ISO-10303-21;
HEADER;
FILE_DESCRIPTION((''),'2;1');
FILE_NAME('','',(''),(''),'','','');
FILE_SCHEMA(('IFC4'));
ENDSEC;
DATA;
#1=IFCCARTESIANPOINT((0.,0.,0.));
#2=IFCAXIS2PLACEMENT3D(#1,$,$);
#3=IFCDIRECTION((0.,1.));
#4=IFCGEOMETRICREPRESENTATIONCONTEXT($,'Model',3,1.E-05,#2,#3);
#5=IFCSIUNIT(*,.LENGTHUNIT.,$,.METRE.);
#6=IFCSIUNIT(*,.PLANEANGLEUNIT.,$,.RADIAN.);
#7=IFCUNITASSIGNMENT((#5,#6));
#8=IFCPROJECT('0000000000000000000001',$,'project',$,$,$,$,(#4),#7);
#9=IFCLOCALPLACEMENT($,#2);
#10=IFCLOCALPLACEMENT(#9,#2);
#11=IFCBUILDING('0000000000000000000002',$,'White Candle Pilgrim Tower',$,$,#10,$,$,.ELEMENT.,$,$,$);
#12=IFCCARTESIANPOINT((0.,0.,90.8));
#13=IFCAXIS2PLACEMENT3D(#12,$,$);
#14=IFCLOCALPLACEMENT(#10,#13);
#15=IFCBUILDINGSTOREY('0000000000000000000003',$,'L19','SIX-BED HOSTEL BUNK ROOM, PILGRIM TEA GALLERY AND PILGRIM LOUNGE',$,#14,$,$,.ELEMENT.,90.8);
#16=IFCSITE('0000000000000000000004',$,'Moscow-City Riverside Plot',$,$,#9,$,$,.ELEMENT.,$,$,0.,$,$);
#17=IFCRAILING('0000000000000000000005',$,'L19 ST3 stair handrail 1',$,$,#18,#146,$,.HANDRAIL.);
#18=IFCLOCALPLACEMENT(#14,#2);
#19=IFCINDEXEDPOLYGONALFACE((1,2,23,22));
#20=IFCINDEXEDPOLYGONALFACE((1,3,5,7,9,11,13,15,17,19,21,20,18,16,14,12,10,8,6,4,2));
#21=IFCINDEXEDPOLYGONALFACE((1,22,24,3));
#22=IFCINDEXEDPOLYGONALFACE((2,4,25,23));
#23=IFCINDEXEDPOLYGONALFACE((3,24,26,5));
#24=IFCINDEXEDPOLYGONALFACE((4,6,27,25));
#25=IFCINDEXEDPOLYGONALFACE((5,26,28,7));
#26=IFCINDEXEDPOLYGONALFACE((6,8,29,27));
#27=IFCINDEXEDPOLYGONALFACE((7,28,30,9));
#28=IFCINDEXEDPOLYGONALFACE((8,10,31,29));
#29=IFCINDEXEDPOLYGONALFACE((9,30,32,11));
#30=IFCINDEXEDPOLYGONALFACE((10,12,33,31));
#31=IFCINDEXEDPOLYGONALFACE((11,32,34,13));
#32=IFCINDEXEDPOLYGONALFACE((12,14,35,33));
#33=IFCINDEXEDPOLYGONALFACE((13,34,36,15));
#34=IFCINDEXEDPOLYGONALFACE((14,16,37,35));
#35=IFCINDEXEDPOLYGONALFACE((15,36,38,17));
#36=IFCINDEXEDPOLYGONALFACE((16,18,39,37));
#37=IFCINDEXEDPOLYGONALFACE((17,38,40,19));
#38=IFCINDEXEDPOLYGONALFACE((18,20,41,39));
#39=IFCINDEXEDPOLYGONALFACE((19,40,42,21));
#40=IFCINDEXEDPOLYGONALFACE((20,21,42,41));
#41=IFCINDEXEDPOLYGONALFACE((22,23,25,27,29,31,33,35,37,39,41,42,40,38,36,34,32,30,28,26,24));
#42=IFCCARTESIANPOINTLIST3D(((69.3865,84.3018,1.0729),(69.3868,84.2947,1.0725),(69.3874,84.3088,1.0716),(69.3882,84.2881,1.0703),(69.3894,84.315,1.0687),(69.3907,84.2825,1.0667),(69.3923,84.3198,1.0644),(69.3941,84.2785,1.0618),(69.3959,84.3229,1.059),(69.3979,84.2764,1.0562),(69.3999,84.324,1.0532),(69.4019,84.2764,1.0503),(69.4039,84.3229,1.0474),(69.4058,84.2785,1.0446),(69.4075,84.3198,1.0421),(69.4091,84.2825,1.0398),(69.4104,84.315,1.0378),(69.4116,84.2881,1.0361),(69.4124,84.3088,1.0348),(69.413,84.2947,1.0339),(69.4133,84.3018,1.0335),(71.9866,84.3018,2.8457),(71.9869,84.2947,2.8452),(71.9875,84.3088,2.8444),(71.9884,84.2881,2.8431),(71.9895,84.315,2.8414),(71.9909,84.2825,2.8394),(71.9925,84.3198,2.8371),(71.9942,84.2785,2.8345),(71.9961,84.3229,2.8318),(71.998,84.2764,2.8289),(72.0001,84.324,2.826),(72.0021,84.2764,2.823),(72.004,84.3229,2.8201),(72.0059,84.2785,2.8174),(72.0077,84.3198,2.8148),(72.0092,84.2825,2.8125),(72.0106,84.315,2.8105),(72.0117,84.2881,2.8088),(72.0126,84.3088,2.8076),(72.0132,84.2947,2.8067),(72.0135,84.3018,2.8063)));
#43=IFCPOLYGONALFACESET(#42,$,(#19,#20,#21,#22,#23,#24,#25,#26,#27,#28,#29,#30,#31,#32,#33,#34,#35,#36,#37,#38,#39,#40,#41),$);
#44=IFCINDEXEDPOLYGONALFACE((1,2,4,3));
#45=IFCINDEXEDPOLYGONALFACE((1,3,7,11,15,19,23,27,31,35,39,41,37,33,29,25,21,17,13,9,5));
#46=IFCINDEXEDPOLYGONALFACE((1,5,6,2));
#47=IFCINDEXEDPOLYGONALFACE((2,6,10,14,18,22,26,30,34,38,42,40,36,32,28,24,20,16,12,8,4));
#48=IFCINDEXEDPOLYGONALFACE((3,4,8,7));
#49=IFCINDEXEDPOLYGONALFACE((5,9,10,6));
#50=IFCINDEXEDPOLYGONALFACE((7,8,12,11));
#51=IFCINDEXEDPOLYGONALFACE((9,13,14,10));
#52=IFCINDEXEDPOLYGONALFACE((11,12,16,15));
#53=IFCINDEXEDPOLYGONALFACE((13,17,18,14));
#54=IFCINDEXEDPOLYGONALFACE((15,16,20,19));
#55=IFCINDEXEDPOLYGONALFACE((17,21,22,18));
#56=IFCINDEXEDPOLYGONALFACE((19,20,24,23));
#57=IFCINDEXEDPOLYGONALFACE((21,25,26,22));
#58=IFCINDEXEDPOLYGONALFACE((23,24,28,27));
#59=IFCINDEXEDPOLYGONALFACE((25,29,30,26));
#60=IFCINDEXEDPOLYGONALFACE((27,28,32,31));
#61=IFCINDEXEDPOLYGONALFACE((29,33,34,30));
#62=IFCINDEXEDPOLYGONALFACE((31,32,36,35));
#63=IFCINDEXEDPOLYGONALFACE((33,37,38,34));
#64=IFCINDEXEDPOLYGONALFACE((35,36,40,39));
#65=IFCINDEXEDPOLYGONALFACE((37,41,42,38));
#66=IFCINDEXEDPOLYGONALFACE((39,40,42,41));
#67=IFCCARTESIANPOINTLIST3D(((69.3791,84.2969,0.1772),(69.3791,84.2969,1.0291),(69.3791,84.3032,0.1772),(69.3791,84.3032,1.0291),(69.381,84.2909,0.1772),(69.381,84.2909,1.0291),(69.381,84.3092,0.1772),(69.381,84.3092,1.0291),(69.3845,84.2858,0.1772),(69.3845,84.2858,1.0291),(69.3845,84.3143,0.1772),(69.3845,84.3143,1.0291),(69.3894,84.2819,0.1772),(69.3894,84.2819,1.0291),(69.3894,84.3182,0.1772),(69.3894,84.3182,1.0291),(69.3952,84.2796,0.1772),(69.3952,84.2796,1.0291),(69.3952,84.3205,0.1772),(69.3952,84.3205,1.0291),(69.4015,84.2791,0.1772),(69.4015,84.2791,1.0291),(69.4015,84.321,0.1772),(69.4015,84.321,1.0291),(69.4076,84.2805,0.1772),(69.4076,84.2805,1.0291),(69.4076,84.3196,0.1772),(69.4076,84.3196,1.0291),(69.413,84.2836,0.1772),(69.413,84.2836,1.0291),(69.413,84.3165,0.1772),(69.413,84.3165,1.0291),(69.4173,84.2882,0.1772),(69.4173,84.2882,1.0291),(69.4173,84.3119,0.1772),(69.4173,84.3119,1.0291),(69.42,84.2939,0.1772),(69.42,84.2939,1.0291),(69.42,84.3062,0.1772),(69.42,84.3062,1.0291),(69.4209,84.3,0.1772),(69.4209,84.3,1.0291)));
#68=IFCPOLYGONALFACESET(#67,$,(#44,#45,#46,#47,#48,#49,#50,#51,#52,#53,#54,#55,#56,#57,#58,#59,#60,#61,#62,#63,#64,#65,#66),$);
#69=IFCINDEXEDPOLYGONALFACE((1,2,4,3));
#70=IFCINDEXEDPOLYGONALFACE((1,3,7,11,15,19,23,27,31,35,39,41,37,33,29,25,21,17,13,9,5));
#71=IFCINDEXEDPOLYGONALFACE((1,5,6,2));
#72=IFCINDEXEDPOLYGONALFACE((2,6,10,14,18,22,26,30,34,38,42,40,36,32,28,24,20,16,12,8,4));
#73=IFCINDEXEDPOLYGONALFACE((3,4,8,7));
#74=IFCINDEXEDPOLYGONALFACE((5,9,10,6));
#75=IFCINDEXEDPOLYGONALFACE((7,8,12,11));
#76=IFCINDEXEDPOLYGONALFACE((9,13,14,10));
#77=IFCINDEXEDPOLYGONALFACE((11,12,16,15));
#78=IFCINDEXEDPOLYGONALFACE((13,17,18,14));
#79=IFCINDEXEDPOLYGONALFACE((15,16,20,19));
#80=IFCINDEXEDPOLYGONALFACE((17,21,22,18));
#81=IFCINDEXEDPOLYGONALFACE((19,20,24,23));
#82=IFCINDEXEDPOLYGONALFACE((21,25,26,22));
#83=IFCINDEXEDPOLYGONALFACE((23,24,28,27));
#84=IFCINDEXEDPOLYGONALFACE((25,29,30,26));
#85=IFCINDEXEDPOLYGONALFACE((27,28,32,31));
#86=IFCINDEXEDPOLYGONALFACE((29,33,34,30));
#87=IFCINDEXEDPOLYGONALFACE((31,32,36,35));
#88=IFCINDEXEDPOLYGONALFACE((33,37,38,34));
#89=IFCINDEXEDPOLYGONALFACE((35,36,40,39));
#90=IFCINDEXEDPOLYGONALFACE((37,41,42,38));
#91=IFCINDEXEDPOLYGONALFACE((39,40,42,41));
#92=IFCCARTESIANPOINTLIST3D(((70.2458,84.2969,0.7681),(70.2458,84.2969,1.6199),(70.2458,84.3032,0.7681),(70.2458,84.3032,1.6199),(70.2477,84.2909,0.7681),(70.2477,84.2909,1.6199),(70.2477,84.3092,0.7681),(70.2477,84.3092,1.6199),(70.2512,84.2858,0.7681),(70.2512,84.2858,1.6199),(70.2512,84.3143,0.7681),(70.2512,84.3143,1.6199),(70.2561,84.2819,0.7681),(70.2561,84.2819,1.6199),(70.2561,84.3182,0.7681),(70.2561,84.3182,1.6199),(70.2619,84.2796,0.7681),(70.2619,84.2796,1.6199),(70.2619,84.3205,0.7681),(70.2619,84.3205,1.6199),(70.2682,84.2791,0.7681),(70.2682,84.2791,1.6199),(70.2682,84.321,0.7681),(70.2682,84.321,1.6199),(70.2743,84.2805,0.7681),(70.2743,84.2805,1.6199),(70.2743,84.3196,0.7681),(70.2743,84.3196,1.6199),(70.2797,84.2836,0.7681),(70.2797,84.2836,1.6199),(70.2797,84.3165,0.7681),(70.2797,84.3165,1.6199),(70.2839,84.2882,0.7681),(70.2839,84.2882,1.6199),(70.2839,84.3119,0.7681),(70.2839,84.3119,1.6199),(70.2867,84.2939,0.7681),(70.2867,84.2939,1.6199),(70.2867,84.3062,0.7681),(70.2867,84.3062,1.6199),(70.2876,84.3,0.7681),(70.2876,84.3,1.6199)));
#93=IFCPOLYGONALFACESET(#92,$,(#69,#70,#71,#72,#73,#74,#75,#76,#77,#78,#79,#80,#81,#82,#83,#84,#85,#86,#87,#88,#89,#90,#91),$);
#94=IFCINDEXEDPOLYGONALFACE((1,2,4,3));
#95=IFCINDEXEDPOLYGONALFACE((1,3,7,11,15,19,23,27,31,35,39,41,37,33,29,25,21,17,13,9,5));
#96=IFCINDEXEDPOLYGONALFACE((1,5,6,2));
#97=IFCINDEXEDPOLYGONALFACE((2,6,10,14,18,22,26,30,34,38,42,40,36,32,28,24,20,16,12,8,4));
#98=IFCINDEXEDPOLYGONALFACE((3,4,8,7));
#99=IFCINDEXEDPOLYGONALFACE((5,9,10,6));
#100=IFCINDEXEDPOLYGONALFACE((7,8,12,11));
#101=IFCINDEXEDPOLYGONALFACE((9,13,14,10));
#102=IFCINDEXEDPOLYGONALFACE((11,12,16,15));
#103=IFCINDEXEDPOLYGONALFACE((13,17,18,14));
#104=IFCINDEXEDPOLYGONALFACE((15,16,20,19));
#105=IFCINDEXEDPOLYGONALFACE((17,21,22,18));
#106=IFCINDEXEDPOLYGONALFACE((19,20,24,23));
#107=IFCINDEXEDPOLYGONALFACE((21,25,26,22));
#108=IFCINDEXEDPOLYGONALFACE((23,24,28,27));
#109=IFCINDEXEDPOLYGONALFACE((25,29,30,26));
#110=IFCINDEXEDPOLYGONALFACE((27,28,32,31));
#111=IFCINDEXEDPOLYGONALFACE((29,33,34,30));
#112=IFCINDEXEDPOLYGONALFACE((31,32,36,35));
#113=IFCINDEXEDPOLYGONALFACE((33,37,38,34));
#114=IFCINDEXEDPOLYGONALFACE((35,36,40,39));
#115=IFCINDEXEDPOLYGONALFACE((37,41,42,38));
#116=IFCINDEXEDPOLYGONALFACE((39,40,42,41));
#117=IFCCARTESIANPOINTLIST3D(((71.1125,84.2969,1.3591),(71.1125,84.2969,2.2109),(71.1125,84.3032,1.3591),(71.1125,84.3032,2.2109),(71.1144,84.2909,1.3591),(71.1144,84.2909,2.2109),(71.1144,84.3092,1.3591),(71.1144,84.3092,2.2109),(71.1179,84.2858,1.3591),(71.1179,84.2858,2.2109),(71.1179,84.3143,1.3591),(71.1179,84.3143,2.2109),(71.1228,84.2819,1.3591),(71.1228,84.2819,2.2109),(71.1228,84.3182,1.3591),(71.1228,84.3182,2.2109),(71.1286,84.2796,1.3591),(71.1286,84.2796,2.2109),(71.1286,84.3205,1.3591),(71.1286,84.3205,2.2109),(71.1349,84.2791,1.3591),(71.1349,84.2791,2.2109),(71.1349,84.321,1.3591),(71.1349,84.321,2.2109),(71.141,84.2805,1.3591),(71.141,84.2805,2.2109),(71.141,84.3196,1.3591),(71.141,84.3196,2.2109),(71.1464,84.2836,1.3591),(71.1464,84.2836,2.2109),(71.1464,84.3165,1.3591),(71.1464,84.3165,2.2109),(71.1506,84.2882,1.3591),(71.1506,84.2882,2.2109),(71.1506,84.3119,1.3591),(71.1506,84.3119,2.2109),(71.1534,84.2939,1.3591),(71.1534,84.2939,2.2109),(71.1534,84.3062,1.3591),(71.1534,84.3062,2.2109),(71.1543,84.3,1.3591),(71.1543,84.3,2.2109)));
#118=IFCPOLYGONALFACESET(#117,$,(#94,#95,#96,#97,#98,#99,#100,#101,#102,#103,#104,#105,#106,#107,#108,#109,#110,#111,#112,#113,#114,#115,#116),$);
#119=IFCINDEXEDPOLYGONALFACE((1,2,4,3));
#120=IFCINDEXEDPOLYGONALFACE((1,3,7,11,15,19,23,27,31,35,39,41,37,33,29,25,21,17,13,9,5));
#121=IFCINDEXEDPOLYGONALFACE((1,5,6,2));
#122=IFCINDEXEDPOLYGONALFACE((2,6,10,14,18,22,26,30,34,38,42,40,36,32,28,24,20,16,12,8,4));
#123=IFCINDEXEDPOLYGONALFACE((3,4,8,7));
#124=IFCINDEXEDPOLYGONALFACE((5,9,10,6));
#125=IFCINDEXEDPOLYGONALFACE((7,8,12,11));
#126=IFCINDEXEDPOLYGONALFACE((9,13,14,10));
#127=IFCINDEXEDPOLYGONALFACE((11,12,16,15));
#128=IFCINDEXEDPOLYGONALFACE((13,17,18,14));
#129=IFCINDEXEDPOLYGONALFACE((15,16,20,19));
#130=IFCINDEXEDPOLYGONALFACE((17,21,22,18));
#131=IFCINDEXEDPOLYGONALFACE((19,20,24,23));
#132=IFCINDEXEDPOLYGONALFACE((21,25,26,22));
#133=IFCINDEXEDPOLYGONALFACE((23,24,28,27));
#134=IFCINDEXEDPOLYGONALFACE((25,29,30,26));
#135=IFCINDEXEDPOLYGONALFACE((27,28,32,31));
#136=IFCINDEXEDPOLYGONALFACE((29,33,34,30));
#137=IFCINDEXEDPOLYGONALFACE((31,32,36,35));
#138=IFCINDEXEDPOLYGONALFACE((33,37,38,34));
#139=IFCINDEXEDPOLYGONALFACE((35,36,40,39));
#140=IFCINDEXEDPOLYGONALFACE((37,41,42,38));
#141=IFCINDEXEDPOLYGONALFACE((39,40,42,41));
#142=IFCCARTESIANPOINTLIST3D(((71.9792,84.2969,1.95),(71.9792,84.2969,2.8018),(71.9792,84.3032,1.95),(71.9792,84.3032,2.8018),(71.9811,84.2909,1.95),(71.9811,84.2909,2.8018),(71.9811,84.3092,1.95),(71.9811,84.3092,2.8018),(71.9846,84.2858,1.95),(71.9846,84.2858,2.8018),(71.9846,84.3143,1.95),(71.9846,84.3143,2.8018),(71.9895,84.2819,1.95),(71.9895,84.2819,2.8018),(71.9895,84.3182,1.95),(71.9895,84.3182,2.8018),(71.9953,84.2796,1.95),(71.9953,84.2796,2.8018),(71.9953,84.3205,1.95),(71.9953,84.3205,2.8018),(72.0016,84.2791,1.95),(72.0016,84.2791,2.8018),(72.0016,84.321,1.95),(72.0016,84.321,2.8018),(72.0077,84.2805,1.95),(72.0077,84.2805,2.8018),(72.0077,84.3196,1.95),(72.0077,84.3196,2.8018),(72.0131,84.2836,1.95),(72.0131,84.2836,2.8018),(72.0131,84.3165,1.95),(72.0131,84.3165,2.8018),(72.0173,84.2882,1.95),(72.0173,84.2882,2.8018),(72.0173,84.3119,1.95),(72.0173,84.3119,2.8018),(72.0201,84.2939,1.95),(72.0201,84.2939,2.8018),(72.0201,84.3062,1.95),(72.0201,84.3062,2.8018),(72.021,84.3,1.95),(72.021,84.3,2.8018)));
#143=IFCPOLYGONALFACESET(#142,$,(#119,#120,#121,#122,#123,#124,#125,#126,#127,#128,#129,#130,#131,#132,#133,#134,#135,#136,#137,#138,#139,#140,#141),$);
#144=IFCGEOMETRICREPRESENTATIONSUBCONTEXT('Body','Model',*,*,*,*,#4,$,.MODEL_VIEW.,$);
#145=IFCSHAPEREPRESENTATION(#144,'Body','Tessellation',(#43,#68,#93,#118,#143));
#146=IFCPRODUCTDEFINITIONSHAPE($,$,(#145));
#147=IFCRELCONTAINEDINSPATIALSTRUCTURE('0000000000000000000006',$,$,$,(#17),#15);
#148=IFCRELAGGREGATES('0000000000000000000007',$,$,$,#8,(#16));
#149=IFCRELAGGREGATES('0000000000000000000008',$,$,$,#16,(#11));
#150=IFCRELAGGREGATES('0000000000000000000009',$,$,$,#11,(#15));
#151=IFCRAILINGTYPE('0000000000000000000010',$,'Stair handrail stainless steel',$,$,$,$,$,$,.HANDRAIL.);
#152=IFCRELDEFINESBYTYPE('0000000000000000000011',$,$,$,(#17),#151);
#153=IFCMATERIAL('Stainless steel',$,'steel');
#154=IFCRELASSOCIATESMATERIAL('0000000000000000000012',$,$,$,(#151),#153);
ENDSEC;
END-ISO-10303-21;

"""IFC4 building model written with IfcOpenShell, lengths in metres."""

from ifc_helpers import new_model, si_unit, direction, frame, origin, origin_2d, place, context, subcontext, project, spatial, circle, extrude, material, type_object, element, save


model = new_model("IFC4")

# Units and contexts
model_context = context("Model", 3, precision=1e-05, world=origin(), true_north=direction((0.0, 1.0)))
body_context = subcontext(model_context, "Body", "Model", "MODEL_VIEW")
ifc_project = project(units=[si_unit("LENGTHUNIT", "METRE"), si_unit("PLANEANGLEUNIT", "RADIAN")], contexts=[model_context])

# Site, building, storey
site_placement = place(None, origin())
site = spatial("IfcSite", under=ifc_project, at=site_placement, Name="Moscow-City Riverside Plot", CompositionType="ELEMENT", RefElevation=0.0)
building_placement = place(site_placement, origin())
building = spatial("IfcBuilding", under=site, at=building_placement, Name="White Candle Pilgrim Tower", CompositionType="ELEMENT")
storey_placement = place(building_placement, frame((0.0, 0.0, 90.8)))
storey = spatial("IfcBuildingStorey", under=building, at=storey_placement, Name="L19", Description="SIX-BED HOSTEL BUNK ROOM, PILGRIM TEA GALLERY AND PILGRIM LOUNGE", CompositionType="ELEMENT", Elevation=90.8)

# Railing
ifc_material_1 = material(Name="Stainless steel", Category="steel")
railing_type_1 = type_object("IfcRailingType", Name="Stair handrail stainless steel", PredefinedType="HANDRAIL", material=ifc_material_1)
railing_1_placement = place(storey_placement, frame((69.3999, 84.3, 0.1772)))
element("IfcRailing", 1, at=railing_1_placement, inside=storey, type_object=railing_type_1, Name="L19 ST3 stair handrail 1", PredefinedType="HANDRAIL", context=body_context, shape_type="SweptSolid", body=[
    extrude(circle(Radius=0.0239, at=origin_2d()), frame((0.0, 0.0, 0.876), z_axis=(0.82624, 0.0, 0.563318), x_axis=(0.0, 1.0, 0.0)), (0.0, 0.0, 1.0), 3.147),
    extrude(circle(Radius=0.021, at=origin_2d()), origin(), (0.0, 0.0, 1.0), 0.8518),
    extrude(circle(Radius=0.021, at=origin_2d()), frame((0.8667, 0.0, 0.5908)), (0.0, 0.0, 1.0), 0.8518),
    extrude(circle(Radius=0.021, at=origin_2d()), frame((1.7334, 0.0, 1.1819)), (0.0, 0.0, 1.0), 0.8518),
    extrude(circle(Radius=0.021, at=origin_2d()), frame((2.6001, 0.0, 1.7727)), (0.0, 0.0, 1.0), 0.8518),
])

save(model, "model.ifc")
